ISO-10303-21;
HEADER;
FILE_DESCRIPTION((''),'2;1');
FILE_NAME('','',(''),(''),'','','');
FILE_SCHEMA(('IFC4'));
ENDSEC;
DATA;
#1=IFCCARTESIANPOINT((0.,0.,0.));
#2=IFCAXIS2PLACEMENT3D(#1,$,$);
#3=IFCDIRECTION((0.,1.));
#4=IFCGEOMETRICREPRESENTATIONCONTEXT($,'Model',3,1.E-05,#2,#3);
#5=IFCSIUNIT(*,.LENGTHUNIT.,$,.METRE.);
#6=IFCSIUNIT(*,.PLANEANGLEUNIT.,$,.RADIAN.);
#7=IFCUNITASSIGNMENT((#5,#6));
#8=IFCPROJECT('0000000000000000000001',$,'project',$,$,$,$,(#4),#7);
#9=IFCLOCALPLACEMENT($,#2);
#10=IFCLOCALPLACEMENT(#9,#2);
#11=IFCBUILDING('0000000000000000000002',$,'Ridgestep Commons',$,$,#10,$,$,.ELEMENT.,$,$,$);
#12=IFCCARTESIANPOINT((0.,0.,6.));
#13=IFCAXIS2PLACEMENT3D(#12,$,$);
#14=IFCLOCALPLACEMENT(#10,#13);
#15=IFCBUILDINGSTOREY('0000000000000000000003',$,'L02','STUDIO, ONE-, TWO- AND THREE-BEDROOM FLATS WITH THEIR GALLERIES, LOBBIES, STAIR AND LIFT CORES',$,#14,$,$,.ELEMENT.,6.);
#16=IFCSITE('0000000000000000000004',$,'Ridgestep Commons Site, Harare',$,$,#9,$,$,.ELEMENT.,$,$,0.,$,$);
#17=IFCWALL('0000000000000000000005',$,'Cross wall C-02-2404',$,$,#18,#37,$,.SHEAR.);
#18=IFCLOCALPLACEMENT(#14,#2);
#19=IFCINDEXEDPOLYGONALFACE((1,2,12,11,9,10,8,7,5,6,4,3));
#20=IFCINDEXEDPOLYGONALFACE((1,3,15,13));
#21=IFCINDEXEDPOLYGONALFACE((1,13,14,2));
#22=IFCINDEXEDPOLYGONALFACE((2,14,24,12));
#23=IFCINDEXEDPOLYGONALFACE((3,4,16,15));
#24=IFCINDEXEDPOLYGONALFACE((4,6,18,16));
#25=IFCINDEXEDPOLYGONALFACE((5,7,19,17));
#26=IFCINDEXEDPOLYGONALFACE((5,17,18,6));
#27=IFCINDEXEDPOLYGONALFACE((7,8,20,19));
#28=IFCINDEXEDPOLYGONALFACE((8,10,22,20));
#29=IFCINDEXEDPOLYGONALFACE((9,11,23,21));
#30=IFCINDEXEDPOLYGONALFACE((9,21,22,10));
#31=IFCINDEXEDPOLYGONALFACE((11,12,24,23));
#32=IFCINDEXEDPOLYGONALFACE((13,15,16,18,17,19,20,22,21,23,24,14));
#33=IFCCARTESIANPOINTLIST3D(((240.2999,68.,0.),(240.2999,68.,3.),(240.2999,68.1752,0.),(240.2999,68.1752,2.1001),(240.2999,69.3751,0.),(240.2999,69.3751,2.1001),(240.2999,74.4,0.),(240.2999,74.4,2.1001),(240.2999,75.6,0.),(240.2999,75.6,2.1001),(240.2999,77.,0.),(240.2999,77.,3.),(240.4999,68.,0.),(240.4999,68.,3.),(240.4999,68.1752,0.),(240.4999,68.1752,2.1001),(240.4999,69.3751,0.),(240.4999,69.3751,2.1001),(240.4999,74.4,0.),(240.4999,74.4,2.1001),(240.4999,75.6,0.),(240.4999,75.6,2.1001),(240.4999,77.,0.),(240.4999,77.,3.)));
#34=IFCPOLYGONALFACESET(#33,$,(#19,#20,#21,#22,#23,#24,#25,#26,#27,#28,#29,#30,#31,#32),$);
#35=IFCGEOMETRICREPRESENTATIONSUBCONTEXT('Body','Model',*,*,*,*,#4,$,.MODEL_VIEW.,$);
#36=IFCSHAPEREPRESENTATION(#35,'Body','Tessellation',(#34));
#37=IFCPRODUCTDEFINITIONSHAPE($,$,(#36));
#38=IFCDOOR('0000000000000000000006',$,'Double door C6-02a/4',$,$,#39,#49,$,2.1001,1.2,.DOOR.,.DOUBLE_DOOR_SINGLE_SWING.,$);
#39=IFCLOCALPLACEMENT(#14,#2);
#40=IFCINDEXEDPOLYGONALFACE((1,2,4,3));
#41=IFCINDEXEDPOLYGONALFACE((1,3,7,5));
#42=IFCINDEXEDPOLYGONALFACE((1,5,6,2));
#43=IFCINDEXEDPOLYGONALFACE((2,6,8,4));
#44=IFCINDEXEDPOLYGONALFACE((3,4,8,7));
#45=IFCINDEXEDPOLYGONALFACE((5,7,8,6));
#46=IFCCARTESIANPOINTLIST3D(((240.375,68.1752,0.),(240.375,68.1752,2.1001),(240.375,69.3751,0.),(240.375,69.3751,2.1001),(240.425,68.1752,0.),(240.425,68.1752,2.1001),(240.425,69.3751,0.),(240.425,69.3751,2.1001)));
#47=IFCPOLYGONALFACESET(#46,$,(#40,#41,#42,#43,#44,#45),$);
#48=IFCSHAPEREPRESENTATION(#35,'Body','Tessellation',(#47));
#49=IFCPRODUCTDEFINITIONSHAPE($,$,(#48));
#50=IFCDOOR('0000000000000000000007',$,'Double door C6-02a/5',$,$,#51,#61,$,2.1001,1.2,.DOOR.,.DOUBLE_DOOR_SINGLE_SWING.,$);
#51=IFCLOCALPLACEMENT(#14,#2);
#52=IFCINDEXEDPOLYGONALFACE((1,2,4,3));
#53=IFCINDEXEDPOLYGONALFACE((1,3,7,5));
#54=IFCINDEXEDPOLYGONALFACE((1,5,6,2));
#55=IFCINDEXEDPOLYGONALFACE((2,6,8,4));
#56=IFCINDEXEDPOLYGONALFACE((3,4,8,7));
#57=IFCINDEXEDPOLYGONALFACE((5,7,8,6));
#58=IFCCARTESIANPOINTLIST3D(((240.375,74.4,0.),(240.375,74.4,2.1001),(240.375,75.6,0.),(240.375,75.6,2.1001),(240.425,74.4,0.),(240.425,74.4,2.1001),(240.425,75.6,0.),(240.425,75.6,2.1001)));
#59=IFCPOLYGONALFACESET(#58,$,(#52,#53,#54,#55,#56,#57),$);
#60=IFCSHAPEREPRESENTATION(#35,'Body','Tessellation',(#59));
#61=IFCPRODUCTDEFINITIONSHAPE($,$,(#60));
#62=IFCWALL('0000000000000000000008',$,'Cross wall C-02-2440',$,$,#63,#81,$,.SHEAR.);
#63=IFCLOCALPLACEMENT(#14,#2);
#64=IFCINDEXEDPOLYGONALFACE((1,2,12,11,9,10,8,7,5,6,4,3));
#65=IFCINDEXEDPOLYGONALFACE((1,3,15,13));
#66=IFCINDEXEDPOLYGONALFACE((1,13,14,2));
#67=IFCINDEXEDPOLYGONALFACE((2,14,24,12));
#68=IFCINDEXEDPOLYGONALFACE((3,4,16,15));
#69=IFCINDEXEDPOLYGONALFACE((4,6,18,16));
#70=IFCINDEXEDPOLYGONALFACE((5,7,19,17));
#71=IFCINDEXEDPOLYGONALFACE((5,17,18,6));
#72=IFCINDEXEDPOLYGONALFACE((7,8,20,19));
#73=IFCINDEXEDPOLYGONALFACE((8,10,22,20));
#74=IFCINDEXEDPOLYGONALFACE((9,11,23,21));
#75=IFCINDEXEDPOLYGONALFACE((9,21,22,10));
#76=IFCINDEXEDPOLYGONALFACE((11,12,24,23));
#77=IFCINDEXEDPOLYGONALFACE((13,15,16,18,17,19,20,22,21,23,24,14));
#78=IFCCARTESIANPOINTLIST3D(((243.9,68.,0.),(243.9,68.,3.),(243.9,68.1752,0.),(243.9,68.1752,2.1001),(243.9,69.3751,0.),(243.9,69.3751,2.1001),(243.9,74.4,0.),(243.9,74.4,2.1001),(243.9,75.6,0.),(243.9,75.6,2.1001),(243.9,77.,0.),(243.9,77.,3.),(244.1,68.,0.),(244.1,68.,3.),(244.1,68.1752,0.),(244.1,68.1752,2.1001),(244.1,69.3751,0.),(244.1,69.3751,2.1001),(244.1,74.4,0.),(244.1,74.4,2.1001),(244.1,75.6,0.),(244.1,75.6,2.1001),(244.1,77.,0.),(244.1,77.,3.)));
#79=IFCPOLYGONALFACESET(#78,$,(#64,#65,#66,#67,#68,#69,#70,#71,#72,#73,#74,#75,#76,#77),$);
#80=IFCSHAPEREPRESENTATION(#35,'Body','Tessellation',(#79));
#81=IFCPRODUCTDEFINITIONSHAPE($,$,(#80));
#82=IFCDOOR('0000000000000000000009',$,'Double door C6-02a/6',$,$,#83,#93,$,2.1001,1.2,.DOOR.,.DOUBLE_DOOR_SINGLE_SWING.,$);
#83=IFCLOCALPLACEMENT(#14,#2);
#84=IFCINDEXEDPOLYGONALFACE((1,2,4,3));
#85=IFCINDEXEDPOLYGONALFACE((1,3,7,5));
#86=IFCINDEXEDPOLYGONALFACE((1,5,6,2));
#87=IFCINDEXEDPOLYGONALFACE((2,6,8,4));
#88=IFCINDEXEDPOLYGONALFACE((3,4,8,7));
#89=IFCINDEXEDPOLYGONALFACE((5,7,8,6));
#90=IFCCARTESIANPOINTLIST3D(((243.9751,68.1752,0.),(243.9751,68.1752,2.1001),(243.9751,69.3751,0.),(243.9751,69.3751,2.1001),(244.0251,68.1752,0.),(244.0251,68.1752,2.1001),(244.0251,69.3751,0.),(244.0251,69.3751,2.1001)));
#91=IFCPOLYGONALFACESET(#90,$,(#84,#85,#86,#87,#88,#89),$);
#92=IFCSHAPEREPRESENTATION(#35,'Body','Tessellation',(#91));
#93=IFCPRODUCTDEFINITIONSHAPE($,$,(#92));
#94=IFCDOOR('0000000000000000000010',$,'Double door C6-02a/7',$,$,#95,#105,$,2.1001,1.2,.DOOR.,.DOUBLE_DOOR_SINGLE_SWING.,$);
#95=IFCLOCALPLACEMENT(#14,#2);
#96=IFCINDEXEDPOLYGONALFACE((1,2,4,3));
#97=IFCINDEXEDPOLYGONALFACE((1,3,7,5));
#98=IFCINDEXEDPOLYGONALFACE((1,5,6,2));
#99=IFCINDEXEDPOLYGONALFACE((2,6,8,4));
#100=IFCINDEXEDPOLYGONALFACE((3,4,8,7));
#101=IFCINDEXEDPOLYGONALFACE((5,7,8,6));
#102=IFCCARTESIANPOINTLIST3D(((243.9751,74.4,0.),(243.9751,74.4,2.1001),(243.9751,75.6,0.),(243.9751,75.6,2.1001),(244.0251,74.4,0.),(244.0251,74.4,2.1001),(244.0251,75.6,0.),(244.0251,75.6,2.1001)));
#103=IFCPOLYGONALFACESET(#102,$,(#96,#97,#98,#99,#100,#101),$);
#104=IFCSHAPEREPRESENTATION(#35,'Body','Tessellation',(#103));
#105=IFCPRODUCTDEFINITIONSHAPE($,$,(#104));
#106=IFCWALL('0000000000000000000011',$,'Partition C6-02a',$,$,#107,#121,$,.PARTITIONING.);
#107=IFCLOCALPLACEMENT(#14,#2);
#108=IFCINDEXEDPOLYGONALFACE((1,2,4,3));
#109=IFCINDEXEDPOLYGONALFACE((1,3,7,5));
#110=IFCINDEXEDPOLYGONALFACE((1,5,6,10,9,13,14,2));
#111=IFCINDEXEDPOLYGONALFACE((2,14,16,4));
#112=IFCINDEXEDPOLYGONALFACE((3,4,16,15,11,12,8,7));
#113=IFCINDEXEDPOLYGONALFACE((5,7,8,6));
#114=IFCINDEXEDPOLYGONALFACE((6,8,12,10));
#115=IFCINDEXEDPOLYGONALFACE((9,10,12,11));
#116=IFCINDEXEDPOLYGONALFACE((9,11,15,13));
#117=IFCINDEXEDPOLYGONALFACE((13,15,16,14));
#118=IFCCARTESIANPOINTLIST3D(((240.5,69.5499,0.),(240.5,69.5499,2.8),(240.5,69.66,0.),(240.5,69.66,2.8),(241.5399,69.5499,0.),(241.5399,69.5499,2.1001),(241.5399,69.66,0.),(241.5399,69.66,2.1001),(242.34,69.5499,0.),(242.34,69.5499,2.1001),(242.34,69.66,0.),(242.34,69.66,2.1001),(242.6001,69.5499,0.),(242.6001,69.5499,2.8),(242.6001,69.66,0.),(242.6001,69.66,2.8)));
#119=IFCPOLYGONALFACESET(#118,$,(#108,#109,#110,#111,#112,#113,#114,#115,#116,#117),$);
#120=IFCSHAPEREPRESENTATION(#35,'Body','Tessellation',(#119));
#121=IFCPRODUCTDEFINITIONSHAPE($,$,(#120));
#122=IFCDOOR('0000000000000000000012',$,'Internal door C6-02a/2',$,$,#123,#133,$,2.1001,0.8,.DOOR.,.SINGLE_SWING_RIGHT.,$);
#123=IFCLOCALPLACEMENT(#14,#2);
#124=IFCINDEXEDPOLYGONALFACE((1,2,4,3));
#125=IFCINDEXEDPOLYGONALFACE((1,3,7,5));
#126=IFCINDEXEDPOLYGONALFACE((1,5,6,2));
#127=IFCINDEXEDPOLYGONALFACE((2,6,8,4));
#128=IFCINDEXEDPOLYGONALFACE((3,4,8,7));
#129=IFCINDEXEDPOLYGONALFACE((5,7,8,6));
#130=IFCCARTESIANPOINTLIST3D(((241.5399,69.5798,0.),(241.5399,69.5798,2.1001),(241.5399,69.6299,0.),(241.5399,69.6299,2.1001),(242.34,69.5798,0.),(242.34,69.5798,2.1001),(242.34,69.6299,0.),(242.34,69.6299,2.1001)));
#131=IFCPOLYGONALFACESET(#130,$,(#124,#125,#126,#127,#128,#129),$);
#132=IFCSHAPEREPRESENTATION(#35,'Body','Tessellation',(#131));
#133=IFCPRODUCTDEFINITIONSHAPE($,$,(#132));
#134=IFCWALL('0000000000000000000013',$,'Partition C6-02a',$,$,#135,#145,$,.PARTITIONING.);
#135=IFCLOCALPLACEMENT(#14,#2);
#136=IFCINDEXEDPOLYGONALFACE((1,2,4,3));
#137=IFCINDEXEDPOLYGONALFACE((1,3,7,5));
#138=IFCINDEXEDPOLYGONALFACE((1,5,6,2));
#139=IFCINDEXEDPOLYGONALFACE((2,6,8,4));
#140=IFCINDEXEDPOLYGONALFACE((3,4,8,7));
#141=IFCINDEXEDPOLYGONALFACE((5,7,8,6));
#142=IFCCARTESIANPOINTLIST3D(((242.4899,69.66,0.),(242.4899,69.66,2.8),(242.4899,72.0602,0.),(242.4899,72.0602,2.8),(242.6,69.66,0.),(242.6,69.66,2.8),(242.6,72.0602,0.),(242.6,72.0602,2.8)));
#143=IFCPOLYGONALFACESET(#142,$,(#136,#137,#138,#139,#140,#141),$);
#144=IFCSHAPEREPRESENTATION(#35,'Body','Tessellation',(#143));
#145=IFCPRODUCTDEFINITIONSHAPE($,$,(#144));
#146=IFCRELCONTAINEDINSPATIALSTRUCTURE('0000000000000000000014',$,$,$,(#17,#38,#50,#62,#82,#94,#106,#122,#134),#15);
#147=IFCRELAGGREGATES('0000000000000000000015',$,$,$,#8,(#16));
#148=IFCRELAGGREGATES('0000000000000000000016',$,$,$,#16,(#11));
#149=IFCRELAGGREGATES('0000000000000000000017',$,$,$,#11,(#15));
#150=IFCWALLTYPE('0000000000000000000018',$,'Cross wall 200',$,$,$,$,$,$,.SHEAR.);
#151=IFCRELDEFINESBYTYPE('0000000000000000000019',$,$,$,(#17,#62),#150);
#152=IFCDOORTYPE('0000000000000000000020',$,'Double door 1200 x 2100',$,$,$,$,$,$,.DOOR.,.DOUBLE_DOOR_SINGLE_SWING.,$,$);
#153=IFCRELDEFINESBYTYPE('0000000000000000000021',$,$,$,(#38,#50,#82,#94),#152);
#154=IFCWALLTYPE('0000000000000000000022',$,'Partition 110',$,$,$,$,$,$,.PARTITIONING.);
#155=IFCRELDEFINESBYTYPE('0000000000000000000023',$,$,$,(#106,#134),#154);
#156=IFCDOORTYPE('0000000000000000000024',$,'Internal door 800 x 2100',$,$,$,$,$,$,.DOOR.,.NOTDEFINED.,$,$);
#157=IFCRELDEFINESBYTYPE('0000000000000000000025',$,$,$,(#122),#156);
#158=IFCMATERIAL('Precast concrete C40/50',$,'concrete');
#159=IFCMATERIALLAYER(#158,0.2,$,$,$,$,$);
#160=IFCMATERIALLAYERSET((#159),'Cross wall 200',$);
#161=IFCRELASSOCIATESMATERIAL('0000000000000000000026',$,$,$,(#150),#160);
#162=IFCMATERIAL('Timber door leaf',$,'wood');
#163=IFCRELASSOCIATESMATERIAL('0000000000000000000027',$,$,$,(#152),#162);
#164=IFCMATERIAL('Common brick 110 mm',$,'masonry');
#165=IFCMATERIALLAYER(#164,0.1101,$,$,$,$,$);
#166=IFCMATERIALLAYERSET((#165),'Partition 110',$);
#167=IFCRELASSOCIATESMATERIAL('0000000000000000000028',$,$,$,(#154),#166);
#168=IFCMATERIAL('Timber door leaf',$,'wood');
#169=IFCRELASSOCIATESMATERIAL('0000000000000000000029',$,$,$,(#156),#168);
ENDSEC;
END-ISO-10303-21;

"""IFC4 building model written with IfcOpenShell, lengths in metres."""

from ifc_helpers import new_model, si_unit, direction, frame, frame_2d, origin, place, context, subcontext, project, spatial, rectangle, extrude, material, layer, layer_set, type_object, element, fill, save


model = new_model("IFC4")

# Units and contexts
model_context = context("Model", 3, precision=1e-05, world=origin(), true_north=direction((0.0, 1.0)))
body_context = subcontext(model_context, "Body", "Model", "MODEL_VIEW")
ifc_project = project(units=[si_unit("LENGTHUNIT", "METRE"), si_unit("PLANEANGLEUNIT", "RADIAN")], contexts=[model_context])

# Site, building, storey
site_placement = place(None, origin())
site = spatial("IfcSite", under=ifc_project, at=site_placement, Name="Ridgestep Commons Site, Harare", CompositionType="ELEMENT", RefElevation=0.0)
building_placement = place(site_placement, origin())
building = spatial("IfcBuilding", under=site, at=building_placement, Name="Ridgestep Commons", CompositionType="ELEMENT")
storey_placement = place(building_placement, frame((0.0, 0.0, 6.0)))
storey = spatial("IfcBuildingStorey", under=building, at=storey_placement, Name="L02", Description="STUDIO, ONE-, TWO- AND THREE-BEDROOM FLATS WITH THEIR GALLERIES, LOBBIES, STAIR AND LIFT CORES", CompositionType="ELEMENT", Elevation=6.0)

# Walls, openings, doors
ifc_material_1 = material(Name="Precast concrete C40/50", Category="concrete")
ifc_layer_1 = layer(ifc_material_1, 0.2)
ifc_layer_set_1 = layer_set([ifc_layer_1], Name="Cross wall 200")
wall_type_1 = type_object("IfcWallType", Name="Cross wall 200", PredefinedType="SHEAR", material=ifc_layer_set_1)
wall_1_placement = place(storey_placement, frame((240.3999, 68.0, 0.0), z_axis=(0.0, 0.0, 1.0), x_axis=(0.0, 1.0, 0.0)))
wall_1 = element("IfcWall", 1, at=wall_1_placement, inside=storey, type_object=wall_type_1, Name="Cross wall C-02-2404", PredefinedType="SHEAR", context=body_context, shape_type="SweptSolid", body=[
    extrude(rectangle(XDim=9.0, YDim=0.2, at=frame_2d((4.5, 0.0))), origin(), (0.0, 0.0, 1.0), 3.0),
])
opening_1_placement = place(wall_1_placement, frame((0.175, 0.0, 0.0)))
opening_1 = element("IfcOpeningElement", 2, at=opening_1_placement, cuts=wall_1, PredefinedType="OPENING", context=body_context, shape_type="SweptSolid", body=[
    extrude(rectangle(XDim=1.2, YDim=2.1001, at=frame_2d((0.6001, 1.05))), frame((0.0, 0.1099, 0.0), z_axis=(0.0, -1.0, 0.0), x_axis=(1.0, 0.0, 0.0)), (0.0, 0.0, 1.0), 0.22),
])
opening_2_placement = place(wall_1_placement, frame((6.3999, 0.0, 0.0)))
opening_2 = element("IfcOpeningElement", 3, at=opening_2_placement, cuts=wall_1, PredefinedType="OPENING", context=body_context, shape_type="SweptSolid", body=[
    extrude(rectangle(XDim=1.2, YDim=2.1001, at=frame_2d((0.6001, 1.05))), frame((0.0, 0.1099, 0.0), z_axis=(0.0, -1.0, 0.0), x_axis=(1.0, 0.0, 0.0)), (0.0, 0.0, 1.0), 0.22),
])
ifc_material_2 = material(Name="Timber door leaf", Category="wood")
door_type_1 = type_object("IfcDoorType", Name="Double door 1200 x 2100", OperationType="DOUBLE_DOOR_SINGLE_SWING", PredefinedType="DOOR", material=ifc_material_2)
door_1_placement = place(opening_1_placement, origin())
door_1 = element("IfcDoor", 4, at=door_1_placement, inside=storey, type_object=door_type_1, Name="Double door C6-02a/4", OperationType="DOUBLE_DOOR_SINGLE_SWING", OverallHeight=2.1001, OverallWidth=1.2, PredefinedType="DOOR", context=body_context, shape_type="SweptSolid", body=[
    extrude(rectangle(XDim=1.2, YDim=2.1001, at=frame_2d((0.6001, 1.05))), frame((0.0, 0.0249, 0.0), z_axis=(0.0, -1.0, 0.0), x_axis=(1.0, 0.0, 0.0)), (0.0, 0.0, 1.0), 0.05),
])
fill(opening_1, door_1)
door_2_placement = place(opening_2_placement, origin())
door_2 = element("IfcDoor", 5, at=door_2_placement, inside=storey, type_object=door_type_1, Name="Double door C6-02a/5", OperationType="DOUBLE_DOOR_SINGLE_SWING", OverallHeight=2.1001, OverallWidth=1.2, PredefinedType="DOOR", context=body_context, shape_type="SweptSolid", body=[
    extrude(rectangle(XDim=1.2, YDim=2.1001, at=frame_2d((0.6001, 1.05))), frame((0.0, 0.0249, 0.0), z_axis=(0.0, -1.0, 0.0), x_axis=(1.0, 0.0, 0.0)), (0.0, 0.0, 1.0), 0.05),
])
fill(opening_2, door_2)
wall_2_placement = place(storey_placement, frame((244.0, 68.0, 0.0), z_axis=(0.0, 0.0, 1.0), x_axis=(0.0, 1.0, 0.0)))
wall_2 = element("IfcWall", 6, at=wall_2_placement, inside=storey, type_object=wall_type_1, Name="Cross wall C-02-2440", PredefinedType="SHEAR", context=body_context, shape_type="SweptSolid", body=[
    extrude(rectangle(XDim=9.0, YDim=0.2, at=frame_2d((4.5, 0.0))), origin(), (0.0, 0.0, 1.0), 3.0),
])
opening_3_placement = place(wall_2_placement, frame((0.175, 0.0, 0.0)))
opening_3 = element("IfcOpeningElement", 7, at=opening_3_placement, cuts=wall_2, PredefinedType="OPENING", context=body_context, shape_type="SweptSolid", body=[
    extrude(rectangle(XDim=1.2, YDim=2.1001, at=frame_2d((0.6001, 1.05))), frame((0.0, 0.1099, 0.0), z_axis=(0.0, -1.0, 0.0), x_axis=(1.0, 0.0, 0.0)), (0.0, 0.0, 1.0), 0.22),
])
opening_4_placement = place(wall_2_placement, frame((6.3999, 0.0, 0.0)))
opening_4 = element("IfcOpeningElement", 8, at=opening_4_placement, cuts=wall_2, PredefinedType="OPENING", context=body_context, shape_type="SweptSolid", body=[
    extrude(rectangle(XDim=1.2, YDim=2.1001, at=frame_2d((0.6001, 1.05))), frame((0.0, 0.1099, 0.0), z_axis=(0.0, -1.0, 0.0), x_axis=(1.0, 0.0, 0.0)), (0.0, 0.0, 1.0), 0.22),
])
door_3_placement = place(opening_3_placement, origin())
door_3 = element("IfcDoor", 9, at=door_3_placement, inside=storey, type_object=door_type_1, Name="Double door C6-02a/6", OperationType="DOUBLE_DOOR_SINGLE_SWING", OverallHeight=2.1001, OverallWidth=1.2, PredefinedType="DOOR", context=body_context, shape_type="SweptSolid", body=[
    extrude(rectangle(XDim=1.2, YDim=2.1001, at=frame_2d((0.6001, 1.05))), frame((0.0, 0.0249, 0.0), z_axis=(0.0, -1.0, 0.0), x_axis=(1.0, 0.0, 0.0)), (0.0, 0.0, 1.0), 0.05),
])
fill(opening_3, door_3)
door_4_placement = place(opening_4_placement, origin())
door_4 = element("IfcDoor", 10, at=door_4_placement, inside=storey, type_object=door_type_1, Name="Double door C6-02a/7", OperationType="DOUBLE_DOOR_SINGLE_SWING", OverallHeight=2.1001, OverallWidth=1.2, PredefinedType="DOOR", context=body_context, shape_type="SweptSolid", body=[
    extrude(rectangle(XDim=1.2, YDim=2.1001, at=frame_2d((0.6001, 1.05))), frame((0.0, 0.0249, 0.0), z_axis=(0.0, -1.0, 0.0), x_axis=(1.0, 0.0, 0.0)), (0.0, 0.0, 1.0), 0.05),
])
fill(opening_4, door_4)

# Wall, opening, door
ifc_material_3 = material(Name="Common brick 110 mm", Category="masonry")
ifc_layer_2 = layer(ifc_material_3, 0.1101)
ifc_layer_set_2 = layer_set([ifc_layer_2], Name="Partition 110")
wall_type_2 = type_object("IfcWallType", Name="Partition 110", PredefinedType="PARTITIONING", material=ifc_layer_set_2)
wall_3_placement = place(storey_placement, frame((240.5, 69.605, 0.0), z_axis=(0.0, 0.0, 1.0), x_axis=(1.0, 0.0, 0.0)))
wall_3 = element("IfcWall", 11, at=wall_3_placement, inside=storey, type_object=wall_type_2, Name="Partition C6-02a", PredefinedType="PARTITIONING", context=body_context, shape_type="SweptSolid", body=[
    extrude(rectangle(XDim=2.1001, YDim=0.1101, at=frame_2d((1.05, 0.0))), origin(), (0.0, 0.0, 1.0), 2.8),
])
opening_5_placement = place(wall_3_placement, frame((1.04, 0.0, 0.0)))
opening_5 = element("IfcOpeningElement", 12, at=opening_5_placement, cuts=wall_3, PredefinedType="OPENING", context=body_context, shape_type="SweptSolid", body=[
    extrude(rectangle(XDim=0.8, YDim=2.1001, at=frame_2d((0.3999, 1.05))), frame((0.0, 0.0649, 0.0), z_axis=(0.0, -1.0, 0.0), x_axis=(1.0, 0.0, 0.0)), (0.0, 0.0, 1.0), 0.1301),
])
ifc_material_4 = material(Name="Timber door leaf", Category="wood")
door_type_2 = type_object("IfcDoorType", Name="Internal door 800 x 2100", OperationType="NOTDEFINED", PredefinedType="DOOR", material=ifc_material_4)
door_5_placement = place(opening_5_placement, origin())
door_5 = element("IfcDoor", 13, at=door_5_placement, inside=storey, type_object=door_type_2, Name="Internal door C6-02a/2", OperationType="SINGLE_SWING_RIGHT", OverallHeight=2.1001, OverallWidth=0.8, PredefinedType="DOOR", context=body_context, shape_type="SweptSolid", body=[
    extrude(rectangle(XDim=0.8, YDim=2.1001, at=frame_2d((0.3999, 1.05))), frame((0.0, 0.0249, 0.0), z_axis=(0.0, -1.0, 0.0), x_axis=(1.0, 0.0, 0.0)), (0.0, 0.0, 1.0), 0.05),
])
fill(opening_5, door_5)

# Wall
wall_4_placement = place(storey_placement, frame((242.5449, 69.6599, 0.0), z_axis=(0.0, 0.0, 1.0), x_axis=(0.0, 1.0, 0.0)))
element("IfcWall", 14, at=wall_4_placement, inside=storey, type_object=wall_type_2, Name="Partition C6-02a", PredefinedType="PARTITIONING", context=body_context, shape_type="SweptSolid", body=[
    extrude(rectangle(XDim=2.4001, YDim=0.1101, at=frame_2d((1.2002, 0.0))), origin(), (0.0, 0.0, 1.0), 2.8),
])

save(model, "model.ifc")
